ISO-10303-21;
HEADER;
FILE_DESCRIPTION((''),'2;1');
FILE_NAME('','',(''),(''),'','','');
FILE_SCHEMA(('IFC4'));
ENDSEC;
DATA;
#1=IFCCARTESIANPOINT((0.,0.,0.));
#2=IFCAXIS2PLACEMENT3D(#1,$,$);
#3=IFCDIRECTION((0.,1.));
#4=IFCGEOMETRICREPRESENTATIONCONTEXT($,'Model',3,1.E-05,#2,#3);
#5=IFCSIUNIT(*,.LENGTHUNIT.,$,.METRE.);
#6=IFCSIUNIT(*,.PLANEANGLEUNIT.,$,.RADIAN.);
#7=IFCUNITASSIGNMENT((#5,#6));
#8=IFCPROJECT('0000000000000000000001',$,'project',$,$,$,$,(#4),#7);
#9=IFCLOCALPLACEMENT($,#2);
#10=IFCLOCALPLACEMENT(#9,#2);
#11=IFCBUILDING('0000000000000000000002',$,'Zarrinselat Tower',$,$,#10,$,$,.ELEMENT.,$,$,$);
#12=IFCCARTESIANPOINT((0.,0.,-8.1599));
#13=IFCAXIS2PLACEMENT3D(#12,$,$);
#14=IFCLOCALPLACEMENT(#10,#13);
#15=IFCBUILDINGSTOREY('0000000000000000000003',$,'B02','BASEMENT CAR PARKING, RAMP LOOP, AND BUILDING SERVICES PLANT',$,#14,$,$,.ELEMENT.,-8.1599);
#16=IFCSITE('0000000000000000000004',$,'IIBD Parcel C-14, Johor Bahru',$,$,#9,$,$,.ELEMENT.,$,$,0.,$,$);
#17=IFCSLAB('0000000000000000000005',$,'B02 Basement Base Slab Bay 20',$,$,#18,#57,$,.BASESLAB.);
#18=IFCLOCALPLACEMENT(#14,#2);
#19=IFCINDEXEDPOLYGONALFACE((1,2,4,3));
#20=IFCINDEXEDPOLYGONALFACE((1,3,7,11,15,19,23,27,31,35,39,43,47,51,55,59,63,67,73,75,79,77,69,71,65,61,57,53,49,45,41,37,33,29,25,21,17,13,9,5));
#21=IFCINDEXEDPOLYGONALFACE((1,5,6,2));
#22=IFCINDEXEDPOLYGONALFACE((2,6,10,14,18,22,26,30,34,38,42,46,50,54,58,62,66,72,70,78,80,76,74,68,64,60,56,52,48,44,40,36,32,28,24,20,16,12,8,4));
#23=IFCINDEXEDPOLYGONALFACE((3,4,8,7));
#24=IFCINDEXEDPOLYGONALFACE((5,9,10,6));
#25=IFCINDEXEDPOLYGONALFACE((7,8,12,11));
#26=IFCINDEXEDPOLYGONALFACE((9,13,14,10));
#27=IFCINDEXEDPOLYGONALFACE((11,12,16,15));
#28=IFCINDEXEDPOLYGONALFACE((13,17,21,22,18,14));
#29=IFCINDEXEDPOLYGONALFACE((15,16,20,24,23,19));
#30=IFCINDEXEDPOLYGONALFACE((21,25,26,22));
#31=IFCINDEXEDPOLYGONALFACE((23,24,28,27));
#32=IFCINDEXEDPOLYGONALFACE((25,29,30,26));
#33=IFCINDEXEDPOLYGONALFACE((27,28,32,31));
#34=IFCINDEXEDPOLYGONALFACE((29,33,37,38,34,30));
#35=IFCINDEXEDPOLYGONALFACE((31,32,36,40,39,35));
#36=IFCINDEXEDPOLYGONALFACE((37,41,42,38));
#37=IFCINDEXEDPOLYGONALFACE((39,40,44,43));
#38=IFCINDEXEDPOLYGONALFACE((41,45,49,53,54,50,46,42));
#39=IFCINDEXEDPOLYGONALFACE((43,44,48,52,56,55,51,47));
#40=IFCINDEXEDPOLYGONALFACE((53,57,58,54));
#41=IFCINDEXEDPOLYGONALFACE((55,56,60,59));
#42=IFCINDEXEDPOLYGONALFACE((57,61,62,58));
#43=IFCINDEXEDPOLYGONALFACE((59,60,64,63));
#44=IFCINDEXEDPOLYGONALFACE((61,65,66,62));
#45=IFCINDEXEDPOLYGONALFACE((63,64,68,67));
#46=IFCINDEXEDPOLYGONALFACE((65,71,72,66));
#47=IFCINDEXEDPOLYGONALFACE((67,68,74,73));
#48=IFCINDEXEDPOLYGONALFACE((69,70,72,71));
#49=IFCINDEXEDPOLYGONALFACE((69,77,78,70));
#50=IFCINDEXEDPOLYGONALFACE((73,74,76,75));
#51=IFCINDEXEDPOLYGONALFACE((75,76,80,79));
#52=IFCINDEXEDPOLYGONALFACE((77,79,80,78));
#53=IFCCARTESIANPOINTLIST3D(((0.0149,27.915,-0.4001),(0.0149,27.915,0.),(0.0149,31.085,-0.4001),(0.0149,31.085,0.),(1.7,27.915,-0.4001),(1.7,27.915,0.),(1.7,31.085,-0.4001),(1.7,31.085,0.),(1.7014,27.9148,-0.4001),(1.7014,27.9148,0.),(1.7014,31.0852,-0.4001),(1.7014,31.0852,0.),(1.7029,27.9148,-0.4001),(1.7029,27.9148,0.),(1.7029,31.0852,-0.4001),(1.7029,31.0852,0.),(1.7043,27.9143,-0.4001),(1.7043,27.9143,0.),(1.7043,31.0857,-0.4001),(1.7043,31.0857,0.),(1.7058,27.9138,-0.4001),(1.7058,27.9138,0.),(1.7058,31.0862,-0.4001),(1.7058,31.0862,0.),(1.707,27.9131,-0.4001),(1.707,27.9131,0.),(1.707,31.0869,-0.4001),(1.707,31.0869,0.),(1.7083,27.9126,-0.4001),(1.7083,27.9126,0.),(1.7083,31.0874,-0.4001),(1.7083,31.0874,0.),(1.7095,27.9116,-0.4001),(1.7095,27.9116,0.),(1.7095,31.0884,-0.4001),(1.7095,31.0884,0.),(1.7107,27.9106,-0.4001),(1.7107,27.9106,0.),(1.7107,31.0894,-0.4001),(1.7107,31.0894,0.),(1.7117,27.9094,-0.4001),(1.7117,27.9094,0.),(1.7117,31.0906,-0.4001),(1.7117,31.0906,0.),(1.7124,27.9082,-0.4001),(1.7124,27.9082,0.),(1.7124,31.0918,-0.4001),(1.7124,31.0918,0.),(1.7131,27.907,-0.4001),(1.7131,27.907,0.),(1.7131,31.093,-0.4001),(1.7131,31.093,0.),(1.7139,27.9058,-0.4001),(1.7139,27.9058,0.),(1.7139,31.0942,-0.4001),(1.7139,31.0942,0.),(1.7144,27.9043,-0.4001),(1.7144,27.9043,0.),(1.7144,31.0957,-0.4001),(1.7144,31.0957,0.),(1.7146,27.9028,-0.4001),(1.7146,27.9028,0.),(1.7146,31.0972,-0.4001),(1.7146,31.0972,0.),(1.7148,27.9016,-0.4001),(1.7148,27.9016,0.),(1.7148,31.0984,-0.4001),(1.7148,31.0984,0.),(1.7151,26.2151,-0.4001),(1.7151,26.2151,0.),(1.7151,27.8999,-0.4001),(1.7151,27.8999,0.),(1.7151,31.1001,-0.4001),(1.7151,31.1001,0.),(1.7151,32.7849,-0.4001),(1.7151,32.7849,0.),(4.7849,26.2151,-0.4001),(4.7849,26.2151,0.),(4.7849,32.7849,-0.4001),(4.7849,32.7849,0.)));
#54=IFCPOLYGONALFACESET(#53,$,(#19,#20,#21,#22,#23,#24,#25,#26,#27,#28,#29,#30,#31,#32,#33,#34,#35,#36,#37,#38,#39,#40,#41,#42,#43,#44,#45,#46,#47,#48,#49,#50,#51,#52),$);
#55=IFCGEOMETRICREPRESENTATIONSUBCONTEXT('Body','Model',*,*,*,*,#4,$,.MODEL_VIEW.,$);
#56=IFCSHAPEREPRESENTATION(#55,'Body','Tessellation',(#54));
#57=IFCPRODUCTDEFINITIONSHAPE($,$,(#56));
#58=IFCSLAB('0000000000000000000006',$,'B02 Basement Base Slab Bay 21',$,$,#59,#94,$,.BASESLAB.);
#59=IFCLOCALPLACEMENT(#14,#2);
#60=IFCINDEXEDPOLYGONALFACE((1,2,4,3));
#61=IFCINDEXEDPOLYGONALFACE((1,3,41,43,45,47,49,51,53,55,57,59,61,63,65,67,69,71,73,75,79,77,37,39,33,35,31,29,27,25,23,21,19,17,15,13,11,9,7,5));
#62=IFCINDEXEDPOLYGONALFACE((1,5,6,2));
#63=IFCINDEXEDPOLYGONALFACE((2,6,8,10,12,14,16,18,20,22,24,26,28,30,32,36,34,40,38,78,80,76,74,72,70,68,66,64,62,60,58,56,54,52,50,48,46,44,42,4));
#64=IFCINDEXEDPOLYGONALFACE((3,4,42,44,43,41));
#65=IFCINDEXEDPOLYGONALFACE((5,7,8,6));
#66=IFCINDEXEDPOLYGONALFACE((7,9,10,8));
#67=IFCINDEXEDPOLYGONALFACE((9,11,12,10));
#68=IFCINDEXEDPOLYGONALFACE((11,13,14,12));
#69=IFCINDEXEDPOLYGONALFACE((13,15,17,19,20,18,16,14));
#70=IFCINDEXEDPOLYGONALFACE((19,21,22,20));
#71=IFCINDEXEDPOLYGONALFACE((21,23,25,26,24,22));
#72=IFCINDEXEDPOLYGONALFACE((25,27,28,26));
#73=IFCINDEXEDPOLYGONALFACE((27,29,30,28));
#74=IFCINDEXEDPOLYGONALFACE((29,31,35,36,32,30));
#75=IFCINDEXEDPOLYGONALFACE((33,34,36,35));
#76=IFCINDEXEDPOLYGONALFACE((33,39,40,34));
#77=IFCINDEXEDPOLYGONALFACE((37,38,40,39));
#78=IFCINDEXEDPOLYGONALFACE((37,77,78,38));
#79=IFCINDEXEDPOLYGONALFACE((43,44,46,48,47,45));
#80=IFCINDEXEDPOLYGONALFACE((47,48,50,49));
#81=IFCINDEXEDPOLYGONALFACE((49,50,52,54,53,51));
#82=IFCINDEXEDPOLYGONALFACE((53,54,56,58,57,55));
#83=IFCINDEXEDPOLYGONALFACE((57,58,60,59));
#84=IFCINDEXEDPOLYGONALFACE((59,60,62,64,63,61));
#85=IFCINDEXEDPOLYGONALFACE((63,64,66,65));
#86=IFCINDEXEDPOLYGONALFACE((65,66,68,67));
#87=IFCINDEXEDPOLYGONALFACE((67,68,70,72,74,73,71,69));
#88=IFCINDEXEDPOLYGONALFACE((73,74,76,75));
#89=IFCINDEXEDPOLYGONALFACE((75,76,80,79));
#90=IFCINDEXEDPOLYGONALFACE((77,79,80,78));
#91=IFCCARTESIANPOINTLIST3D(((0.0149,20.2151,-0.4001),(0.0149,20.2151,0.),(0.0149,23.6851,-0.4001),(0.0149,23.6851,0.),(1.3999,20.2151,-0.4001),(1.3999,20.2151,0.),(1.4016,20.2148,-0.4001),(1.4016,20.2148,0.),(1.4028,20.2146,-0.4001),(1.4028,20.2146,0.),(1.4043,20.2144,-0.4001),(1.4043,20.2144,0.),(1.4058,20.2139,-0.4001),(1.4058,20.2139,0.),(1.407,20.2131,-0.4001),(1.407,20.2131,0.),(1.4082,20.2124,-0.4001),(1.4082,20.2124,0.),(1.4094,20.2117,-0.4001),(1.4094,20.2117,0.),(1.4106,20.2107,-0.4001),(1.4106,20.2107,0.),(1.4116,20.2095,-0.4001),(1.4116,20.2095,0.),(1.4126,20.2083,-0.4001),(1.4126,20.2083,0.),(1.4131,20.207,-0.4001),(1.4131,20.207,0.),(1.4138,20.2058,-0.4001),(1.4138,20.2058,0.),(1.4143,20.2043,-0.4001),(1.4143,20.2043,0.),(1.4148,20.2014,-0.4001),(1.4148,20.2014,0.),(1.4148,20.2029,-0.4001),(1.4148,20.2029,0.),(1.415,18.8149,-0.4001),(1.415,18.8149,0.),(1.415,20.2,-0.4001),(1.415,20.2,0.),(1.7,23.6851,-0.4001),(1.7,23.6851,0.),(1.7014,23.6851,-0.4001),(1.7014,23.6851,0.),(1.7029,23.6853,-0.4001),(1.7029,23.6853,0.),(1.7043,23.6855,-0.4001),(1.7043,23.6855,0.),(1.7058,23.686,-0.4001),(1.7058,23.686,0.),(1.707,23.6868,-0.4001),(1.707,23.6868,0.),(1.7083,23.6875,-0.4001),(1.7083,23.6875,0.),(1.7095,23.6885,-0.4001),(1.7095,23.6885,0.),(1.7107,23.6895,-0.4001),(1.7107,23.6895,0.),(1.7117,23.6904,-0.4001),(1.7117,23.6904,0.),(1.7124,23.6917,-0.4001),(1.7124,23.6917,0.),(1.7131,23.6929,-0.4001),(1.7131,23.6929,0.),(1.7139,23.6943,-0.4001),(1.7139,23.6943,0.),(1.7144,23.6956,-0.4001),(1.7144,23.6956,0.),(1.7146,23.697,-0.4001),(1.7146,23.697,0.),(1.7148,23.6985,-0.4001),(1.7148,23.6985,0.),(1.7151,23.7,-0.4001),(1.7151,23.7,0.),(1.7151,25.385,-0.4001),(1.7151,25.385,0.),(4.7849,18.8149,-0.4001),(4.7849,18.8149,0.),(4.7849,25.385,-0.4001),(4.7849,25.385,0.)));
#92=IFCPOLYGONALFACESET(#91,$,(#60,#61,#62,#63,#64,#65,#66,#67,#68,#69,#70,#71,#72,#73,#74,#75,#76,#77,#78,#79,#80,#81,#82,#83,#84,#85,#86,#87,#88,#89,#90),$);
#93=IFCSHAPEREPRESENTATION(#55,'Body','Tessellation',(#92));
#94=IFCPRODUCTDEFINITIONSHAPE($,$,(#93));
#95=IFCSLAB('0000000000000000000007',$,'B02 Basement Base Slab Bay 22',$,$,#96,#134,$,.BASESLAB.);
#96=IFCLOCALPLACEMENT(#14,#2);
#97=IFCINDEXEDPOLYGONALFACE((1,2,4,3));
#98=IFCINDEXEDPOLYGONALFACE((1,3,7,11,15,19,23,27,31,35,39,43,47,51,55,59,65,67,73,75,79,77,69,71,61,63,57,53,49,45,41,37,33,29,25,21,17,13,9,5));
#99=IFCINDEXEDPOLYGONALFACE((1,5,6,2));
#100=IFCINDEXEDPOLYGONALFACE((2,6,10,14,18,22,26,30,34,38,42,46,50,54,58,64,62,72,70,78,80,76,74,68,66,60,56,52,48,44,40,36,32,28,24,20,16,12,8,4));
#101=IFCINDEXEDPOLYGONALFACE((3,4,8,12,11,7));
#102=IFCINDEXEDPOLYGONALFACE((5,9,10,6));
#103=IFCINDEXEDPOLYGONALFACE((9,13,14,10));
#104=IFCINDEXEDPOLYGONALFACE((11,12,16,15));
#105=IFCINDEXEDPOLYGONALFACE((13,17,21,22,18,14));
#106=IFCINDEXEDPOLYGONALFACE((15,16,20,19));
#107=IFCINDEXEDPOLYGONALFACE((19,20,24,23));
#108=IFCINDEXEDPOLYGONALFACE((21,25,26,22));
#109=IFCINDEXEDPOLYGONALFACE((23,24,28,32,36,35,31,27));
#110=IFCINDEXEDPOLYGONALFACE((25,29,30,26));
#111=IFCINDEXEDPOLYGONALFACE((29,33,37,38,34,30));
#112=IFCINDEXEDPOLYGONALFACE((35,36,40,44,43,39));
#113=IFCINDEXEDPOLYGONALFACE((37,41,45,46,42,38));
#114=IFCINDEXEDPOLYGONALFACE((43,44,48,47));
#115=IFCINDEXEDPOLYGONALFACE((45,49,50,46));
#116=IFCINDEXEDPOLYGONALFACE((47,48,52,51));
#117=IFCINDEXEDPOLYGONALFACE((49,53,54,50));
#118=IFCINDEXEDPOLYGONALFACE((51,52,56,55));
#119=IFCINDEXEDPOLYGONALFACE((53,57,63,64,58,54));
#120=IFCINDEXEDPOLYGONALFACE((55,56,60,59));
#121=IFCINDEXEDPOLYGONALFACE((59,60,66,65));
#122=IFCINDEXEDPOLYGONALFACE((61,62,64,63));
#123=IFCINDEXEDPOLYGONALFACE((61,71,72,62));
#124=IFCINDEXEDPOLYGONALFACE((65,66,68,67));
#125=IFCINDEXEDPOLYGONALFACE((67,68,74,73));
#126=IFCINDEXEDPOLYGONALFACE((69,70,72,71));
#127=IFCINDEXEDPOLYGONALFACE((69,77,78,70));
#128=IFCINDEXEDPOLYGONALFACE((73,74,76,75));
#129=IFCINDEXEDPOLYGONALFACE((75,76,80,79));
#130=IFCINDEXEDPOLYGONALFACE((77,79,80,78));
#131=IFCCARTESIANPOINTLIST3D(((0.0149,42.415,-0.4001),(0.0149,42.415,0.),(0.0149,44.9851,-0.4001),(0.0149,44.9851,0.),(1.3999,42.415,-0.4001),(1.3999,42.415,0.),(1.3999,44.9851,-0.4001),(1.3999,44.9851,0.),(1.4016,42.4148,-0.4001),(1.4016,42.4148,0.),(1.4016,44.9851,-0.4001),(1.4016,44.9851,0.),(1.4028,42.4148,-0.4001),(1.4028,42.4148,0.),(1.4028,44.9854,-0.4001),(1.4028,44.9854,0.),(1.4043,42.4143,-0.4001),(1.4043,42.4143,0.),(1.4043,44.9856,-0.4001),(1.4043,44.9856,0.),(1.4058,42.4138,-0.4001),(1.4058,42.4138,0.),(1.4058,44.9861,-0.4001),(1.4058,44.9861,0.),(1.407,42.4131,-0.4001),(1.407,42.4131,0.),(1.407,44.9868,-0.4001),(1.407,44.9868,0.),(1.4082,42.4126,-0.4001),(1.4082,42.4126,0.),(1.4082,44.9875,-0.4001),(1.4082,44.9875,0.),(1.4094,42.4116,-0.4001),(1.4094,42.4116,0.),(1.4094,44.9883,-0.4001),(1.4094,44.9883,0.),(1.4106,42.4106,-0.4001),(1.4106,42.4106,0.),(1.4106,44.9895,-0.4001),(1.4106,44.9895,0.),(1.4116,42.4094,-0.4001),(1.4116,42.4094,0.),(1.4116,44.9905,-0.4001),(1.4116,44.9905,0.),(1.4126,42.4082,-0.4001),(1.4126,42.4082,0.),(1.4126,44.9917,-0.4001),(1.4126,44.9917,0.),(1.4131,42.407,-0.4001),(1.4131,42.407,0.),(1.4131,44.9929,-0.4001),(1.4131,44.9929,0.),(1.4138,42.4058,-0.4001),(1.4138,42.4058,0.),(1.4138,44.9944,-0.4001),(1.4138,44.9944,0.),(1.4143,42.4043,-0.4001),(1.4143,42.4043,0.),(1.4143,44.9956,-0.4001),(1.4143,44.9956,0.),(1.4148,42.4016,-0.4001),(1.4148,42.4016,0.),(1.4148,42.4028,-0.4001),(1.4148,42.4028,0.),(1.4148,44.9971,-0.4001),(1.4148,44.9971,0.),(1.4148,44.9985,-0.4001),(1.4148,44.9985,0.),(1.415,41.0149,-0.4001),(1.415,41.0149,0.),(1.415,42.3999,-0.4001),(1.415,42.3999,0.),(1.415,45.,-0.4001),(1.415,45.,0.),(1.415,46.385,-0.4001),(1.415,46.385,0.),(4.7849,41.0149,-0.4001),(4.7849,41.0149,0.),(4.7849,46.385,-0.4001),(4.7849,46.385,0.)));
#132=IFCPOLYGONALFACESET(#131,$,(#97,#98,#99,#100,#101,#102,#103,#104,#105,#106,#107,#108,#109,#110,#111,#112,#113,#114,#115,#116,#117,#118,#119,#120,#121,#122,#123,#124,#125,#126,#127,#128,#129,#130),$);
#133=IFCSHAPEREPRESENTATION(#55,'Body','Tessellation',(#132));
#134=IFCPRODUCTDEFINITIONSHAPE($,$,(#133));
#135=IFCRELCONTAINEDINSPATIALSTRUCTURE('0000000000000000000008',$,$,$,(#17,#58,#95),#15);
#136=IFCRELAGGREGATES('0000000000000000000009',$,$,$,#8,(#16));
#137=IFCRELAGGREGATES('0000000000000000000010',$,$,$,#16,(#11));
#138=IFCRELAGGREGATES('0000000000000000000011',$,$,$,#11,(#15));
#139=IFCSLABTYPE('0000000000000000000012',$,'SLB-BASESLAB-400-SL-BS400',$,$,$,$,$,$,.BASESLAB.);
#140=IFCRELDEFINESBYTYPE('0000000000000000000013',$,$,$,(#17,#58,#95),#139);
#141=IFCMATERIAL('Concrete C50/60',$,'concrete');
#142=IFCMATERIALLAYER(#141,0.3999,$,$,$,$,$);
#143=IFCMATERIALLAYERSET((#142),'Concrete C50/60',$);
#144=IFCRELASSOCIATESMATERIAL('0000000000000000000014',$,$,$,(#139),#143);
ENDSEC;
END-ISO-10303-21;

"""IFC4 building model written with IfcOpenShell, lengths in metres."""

from ifc_helpers import new_model, si_unit, direction, frame, origin, place, context, subcontext, project, spatial, polyline, outline, extrude, material, layer, layer_set, type_object, element, save


model = new_model("IFC4")

# Units and contexts
model_context = context("Model", 3, precision=1e-05, world=origin(), true_north=direction((0.0, 1.0)))
body_context = subcontext(model_context, "Body", "Model", "MODEL_VIEW")
ifc_project = project(units=[si_unit("LENGTHUNIT", "METRE"), si_unit("PLANEANGLEUNIT", "RADIAN")], contexts=[model_context])

# Site, building, storey
site_placement = place(None, origin())
site = spatial("IfcSite", under=ifc_project, at=site_placement, Name="IIBD Parcel C-14, Johor Bahru", CompositionType="ELEMENT", RefElevation=0.0)
building_placement = place(site_placement, origin())
building = spatial("IfcBuilding", under=site, at=building_placement, Name="Zarrinselat Tower", CompositionType="ELEMENT")
storey_placement = place(building_placement, frame((0.0, 0.0, -8.1599)))
storey = spatial("IfcBuildingStorey", under=building, at=storey_placement, Name="B02", Description="BASEMENT CAR PARKING, RAMP LOOP, AND BUILDING SERVICES PLANT", CompositionType="ELEMENT", Elevation=-8.1599)

# Slabs
ifc_material_1 = material(Name="Concrete C50/60", Category="concrete")
ifc_layer_1 = layer(ifc_material_1, 0.3999)
ifc_layer_set_1 = layer_set([ifc_layer_1], Name="Concrete C50/60")
slab_type_1 = type_object("IfcSlabType", Name="SLB-BASESLAB-400-SL-BS400", PredefinedType="BASESLAB", material=ifc_layer_set_1)
slab_1_placement = place(storey_placement, frame((0.0, 0.0, -0.4001)))
element("IfcSlab", 1, at=slab_1_placement, inside=storey, type_object=slab_type_1, Name="B02 Basement Base Slab Bay 20", PredefinedType="BASESLAB", context=body_context, shape_type="SweptSolid", body=[
    extrude(outline(polyline([(4.7849, 32.7849), (4.7849, 26.2151), (1.7151, 26.2151), (1.7151, 27.8999), (1.7148, 27.9016), (1.7146, 27.9028), (1.7144, 27.9043), (1.7139, 27.9058), (1.7131, 27.907), (1.7124, 27.9082), (1.7117, 27.9094), (1.7107, 27.9106), (1.7095, 27.9116), (1.7083, 27.9126), (1.707, 27.9131), (1.7058, 27.9138), (1.7043, 27.9143), (1.7029, 27.9148), (1.7014, 27.9148), (1.7, 27.915), (0.0149, 27.915), (0.0149, 31.085), (1.7, 31.085), (1.7014, 31.0852), (1.7029, 31.0852), (1.7043, 31.0857), (1.7058, 31.0862), (1.707, 31.0869), (1.7083, 31.0874), (1.7095, 31.0884), (1.7107, 31.0894), (1.7117, 31.0906), (1.7124, 31.0918), (1.7131, 31.093), (1.7139, 31.0942), (1.7144, 31.0957), (1.7146, 31.0972), (1.7148, 31.0984), (1.7151, 31.1001), (1.7151, 32.7849), (4.7849, 32.7849)])), origin(), (0.0, 0.0, 1.0), 0.4001),
])
slab_2_placement = place(storey_placement, frame((0.0, 0.0, -0.4001)))
element("IfcSlab", 2, at=slab_2_placement, inside=storey, type_object=slab_type_1, Name="B02 Basement Base Slab Bay 21", PredefinedType="BASESLAB", context=body_context, shape_type="SweptSolid", body=[
    extrude(outline(polyline([(4.7849, 25.385), (4.7849, 18.8149), (1.415, 18.8149), (1.415, 20.2), (1.4148, 20.2014), (1.4148, 20.2029), (1.4143, 20.2043), (1.4138, 20.2058), (1.4131, 20.207), (1.4126, 20.2083), (1.4116, 20.2095), (1.4106, 20.2107), (1.4094, 20.2117), (1.4082, 20.2124), (1.407, 20.2131), (1.4058, 20.2139), (1.4043, 20.2144), (1.4028, 20.2146), (1.4016, 20.2148), (1.3999, 20.2151), (0.0149, 20.2151), (0.0149, 23.6851), (1.7, 23.6851), (1.7014, 23.6851), (1.7029, 23.6853), (1.7043, 23.6855), (1.7058, 23.686), (1.707, 23.6868), (1.7083, 23.6875), (1.7095, 23.6885), (1.7107, 23.6895), (1.7117, 23.6904), (1.7124, 23.6917), (1.7131, 23.6929), (1.7139, 23.6943), (1.7144, 23.6956), (1.7146, 23.697), (1.7148, 23.6985), (1.7151, 23.7), (1.7151, 25.385), (4.7849, 25.385)])), origin(), (0.0, 0.0, 1.0), 0.4001),
])
slab_3_placement = place(storey_placement, frame((0.0, 0.0, -0.4001)))
element("IfcSlab", 3, at=slab_3_placement, inside=storey, type_object=slab_type_1, Name="B02 Basement Base Slab Bay 22", PredefinedType="BASESLAB", context=body_context, shape_type="SweptSolid", body=[
    extrude(outline(polyline([(4.7849, 46.385), (4.7849, 41.0149), (1.415, 41.0149), (1.415, 42.3999), (1.4148, 42.4016), (1.4148, 42.4028), (1.4143, 42.4043), (1.4138, 42.4058), (1.4131, 42.407), (1.4126, 42.4082), (1.4116, 42.4094), (1.4106, 42.4106), (1.4094, 42.4116), (1.4082, 42.4126), (1.407, 42.4131), (1.4058, 42.4138), (1.4043, 42.4143), (1.4028, 42.4148), (1.4016, 42.4148), (1.3999, 42.415), (0.0149, 42.415), (0.0149, 44.9851), (1.3999, 44.9851), (1.4016, 44.9851), (1.4028, 44.9854), (1.4043, 44.9856), (1.4058, 44.9861), (1.407, 44.9868), (1.4082, 44.9875), (1.4094, 44.9883), (1.4106, 44.9895), (1.4116, 44.9905), (1.4126, 44.9917), (1.4131, 44.9929), (1.4138, 44.9944), (1.4143, 44.9956), (1.4148, 44.9971), (1.4148, 44.9985), (1.415, 45.0), (1.415, 46.385), (4.7849, 46.385)])), origin(), (0.0, 0.0, 1.0), 0.4001),
])

save(model, "model.ifc")
